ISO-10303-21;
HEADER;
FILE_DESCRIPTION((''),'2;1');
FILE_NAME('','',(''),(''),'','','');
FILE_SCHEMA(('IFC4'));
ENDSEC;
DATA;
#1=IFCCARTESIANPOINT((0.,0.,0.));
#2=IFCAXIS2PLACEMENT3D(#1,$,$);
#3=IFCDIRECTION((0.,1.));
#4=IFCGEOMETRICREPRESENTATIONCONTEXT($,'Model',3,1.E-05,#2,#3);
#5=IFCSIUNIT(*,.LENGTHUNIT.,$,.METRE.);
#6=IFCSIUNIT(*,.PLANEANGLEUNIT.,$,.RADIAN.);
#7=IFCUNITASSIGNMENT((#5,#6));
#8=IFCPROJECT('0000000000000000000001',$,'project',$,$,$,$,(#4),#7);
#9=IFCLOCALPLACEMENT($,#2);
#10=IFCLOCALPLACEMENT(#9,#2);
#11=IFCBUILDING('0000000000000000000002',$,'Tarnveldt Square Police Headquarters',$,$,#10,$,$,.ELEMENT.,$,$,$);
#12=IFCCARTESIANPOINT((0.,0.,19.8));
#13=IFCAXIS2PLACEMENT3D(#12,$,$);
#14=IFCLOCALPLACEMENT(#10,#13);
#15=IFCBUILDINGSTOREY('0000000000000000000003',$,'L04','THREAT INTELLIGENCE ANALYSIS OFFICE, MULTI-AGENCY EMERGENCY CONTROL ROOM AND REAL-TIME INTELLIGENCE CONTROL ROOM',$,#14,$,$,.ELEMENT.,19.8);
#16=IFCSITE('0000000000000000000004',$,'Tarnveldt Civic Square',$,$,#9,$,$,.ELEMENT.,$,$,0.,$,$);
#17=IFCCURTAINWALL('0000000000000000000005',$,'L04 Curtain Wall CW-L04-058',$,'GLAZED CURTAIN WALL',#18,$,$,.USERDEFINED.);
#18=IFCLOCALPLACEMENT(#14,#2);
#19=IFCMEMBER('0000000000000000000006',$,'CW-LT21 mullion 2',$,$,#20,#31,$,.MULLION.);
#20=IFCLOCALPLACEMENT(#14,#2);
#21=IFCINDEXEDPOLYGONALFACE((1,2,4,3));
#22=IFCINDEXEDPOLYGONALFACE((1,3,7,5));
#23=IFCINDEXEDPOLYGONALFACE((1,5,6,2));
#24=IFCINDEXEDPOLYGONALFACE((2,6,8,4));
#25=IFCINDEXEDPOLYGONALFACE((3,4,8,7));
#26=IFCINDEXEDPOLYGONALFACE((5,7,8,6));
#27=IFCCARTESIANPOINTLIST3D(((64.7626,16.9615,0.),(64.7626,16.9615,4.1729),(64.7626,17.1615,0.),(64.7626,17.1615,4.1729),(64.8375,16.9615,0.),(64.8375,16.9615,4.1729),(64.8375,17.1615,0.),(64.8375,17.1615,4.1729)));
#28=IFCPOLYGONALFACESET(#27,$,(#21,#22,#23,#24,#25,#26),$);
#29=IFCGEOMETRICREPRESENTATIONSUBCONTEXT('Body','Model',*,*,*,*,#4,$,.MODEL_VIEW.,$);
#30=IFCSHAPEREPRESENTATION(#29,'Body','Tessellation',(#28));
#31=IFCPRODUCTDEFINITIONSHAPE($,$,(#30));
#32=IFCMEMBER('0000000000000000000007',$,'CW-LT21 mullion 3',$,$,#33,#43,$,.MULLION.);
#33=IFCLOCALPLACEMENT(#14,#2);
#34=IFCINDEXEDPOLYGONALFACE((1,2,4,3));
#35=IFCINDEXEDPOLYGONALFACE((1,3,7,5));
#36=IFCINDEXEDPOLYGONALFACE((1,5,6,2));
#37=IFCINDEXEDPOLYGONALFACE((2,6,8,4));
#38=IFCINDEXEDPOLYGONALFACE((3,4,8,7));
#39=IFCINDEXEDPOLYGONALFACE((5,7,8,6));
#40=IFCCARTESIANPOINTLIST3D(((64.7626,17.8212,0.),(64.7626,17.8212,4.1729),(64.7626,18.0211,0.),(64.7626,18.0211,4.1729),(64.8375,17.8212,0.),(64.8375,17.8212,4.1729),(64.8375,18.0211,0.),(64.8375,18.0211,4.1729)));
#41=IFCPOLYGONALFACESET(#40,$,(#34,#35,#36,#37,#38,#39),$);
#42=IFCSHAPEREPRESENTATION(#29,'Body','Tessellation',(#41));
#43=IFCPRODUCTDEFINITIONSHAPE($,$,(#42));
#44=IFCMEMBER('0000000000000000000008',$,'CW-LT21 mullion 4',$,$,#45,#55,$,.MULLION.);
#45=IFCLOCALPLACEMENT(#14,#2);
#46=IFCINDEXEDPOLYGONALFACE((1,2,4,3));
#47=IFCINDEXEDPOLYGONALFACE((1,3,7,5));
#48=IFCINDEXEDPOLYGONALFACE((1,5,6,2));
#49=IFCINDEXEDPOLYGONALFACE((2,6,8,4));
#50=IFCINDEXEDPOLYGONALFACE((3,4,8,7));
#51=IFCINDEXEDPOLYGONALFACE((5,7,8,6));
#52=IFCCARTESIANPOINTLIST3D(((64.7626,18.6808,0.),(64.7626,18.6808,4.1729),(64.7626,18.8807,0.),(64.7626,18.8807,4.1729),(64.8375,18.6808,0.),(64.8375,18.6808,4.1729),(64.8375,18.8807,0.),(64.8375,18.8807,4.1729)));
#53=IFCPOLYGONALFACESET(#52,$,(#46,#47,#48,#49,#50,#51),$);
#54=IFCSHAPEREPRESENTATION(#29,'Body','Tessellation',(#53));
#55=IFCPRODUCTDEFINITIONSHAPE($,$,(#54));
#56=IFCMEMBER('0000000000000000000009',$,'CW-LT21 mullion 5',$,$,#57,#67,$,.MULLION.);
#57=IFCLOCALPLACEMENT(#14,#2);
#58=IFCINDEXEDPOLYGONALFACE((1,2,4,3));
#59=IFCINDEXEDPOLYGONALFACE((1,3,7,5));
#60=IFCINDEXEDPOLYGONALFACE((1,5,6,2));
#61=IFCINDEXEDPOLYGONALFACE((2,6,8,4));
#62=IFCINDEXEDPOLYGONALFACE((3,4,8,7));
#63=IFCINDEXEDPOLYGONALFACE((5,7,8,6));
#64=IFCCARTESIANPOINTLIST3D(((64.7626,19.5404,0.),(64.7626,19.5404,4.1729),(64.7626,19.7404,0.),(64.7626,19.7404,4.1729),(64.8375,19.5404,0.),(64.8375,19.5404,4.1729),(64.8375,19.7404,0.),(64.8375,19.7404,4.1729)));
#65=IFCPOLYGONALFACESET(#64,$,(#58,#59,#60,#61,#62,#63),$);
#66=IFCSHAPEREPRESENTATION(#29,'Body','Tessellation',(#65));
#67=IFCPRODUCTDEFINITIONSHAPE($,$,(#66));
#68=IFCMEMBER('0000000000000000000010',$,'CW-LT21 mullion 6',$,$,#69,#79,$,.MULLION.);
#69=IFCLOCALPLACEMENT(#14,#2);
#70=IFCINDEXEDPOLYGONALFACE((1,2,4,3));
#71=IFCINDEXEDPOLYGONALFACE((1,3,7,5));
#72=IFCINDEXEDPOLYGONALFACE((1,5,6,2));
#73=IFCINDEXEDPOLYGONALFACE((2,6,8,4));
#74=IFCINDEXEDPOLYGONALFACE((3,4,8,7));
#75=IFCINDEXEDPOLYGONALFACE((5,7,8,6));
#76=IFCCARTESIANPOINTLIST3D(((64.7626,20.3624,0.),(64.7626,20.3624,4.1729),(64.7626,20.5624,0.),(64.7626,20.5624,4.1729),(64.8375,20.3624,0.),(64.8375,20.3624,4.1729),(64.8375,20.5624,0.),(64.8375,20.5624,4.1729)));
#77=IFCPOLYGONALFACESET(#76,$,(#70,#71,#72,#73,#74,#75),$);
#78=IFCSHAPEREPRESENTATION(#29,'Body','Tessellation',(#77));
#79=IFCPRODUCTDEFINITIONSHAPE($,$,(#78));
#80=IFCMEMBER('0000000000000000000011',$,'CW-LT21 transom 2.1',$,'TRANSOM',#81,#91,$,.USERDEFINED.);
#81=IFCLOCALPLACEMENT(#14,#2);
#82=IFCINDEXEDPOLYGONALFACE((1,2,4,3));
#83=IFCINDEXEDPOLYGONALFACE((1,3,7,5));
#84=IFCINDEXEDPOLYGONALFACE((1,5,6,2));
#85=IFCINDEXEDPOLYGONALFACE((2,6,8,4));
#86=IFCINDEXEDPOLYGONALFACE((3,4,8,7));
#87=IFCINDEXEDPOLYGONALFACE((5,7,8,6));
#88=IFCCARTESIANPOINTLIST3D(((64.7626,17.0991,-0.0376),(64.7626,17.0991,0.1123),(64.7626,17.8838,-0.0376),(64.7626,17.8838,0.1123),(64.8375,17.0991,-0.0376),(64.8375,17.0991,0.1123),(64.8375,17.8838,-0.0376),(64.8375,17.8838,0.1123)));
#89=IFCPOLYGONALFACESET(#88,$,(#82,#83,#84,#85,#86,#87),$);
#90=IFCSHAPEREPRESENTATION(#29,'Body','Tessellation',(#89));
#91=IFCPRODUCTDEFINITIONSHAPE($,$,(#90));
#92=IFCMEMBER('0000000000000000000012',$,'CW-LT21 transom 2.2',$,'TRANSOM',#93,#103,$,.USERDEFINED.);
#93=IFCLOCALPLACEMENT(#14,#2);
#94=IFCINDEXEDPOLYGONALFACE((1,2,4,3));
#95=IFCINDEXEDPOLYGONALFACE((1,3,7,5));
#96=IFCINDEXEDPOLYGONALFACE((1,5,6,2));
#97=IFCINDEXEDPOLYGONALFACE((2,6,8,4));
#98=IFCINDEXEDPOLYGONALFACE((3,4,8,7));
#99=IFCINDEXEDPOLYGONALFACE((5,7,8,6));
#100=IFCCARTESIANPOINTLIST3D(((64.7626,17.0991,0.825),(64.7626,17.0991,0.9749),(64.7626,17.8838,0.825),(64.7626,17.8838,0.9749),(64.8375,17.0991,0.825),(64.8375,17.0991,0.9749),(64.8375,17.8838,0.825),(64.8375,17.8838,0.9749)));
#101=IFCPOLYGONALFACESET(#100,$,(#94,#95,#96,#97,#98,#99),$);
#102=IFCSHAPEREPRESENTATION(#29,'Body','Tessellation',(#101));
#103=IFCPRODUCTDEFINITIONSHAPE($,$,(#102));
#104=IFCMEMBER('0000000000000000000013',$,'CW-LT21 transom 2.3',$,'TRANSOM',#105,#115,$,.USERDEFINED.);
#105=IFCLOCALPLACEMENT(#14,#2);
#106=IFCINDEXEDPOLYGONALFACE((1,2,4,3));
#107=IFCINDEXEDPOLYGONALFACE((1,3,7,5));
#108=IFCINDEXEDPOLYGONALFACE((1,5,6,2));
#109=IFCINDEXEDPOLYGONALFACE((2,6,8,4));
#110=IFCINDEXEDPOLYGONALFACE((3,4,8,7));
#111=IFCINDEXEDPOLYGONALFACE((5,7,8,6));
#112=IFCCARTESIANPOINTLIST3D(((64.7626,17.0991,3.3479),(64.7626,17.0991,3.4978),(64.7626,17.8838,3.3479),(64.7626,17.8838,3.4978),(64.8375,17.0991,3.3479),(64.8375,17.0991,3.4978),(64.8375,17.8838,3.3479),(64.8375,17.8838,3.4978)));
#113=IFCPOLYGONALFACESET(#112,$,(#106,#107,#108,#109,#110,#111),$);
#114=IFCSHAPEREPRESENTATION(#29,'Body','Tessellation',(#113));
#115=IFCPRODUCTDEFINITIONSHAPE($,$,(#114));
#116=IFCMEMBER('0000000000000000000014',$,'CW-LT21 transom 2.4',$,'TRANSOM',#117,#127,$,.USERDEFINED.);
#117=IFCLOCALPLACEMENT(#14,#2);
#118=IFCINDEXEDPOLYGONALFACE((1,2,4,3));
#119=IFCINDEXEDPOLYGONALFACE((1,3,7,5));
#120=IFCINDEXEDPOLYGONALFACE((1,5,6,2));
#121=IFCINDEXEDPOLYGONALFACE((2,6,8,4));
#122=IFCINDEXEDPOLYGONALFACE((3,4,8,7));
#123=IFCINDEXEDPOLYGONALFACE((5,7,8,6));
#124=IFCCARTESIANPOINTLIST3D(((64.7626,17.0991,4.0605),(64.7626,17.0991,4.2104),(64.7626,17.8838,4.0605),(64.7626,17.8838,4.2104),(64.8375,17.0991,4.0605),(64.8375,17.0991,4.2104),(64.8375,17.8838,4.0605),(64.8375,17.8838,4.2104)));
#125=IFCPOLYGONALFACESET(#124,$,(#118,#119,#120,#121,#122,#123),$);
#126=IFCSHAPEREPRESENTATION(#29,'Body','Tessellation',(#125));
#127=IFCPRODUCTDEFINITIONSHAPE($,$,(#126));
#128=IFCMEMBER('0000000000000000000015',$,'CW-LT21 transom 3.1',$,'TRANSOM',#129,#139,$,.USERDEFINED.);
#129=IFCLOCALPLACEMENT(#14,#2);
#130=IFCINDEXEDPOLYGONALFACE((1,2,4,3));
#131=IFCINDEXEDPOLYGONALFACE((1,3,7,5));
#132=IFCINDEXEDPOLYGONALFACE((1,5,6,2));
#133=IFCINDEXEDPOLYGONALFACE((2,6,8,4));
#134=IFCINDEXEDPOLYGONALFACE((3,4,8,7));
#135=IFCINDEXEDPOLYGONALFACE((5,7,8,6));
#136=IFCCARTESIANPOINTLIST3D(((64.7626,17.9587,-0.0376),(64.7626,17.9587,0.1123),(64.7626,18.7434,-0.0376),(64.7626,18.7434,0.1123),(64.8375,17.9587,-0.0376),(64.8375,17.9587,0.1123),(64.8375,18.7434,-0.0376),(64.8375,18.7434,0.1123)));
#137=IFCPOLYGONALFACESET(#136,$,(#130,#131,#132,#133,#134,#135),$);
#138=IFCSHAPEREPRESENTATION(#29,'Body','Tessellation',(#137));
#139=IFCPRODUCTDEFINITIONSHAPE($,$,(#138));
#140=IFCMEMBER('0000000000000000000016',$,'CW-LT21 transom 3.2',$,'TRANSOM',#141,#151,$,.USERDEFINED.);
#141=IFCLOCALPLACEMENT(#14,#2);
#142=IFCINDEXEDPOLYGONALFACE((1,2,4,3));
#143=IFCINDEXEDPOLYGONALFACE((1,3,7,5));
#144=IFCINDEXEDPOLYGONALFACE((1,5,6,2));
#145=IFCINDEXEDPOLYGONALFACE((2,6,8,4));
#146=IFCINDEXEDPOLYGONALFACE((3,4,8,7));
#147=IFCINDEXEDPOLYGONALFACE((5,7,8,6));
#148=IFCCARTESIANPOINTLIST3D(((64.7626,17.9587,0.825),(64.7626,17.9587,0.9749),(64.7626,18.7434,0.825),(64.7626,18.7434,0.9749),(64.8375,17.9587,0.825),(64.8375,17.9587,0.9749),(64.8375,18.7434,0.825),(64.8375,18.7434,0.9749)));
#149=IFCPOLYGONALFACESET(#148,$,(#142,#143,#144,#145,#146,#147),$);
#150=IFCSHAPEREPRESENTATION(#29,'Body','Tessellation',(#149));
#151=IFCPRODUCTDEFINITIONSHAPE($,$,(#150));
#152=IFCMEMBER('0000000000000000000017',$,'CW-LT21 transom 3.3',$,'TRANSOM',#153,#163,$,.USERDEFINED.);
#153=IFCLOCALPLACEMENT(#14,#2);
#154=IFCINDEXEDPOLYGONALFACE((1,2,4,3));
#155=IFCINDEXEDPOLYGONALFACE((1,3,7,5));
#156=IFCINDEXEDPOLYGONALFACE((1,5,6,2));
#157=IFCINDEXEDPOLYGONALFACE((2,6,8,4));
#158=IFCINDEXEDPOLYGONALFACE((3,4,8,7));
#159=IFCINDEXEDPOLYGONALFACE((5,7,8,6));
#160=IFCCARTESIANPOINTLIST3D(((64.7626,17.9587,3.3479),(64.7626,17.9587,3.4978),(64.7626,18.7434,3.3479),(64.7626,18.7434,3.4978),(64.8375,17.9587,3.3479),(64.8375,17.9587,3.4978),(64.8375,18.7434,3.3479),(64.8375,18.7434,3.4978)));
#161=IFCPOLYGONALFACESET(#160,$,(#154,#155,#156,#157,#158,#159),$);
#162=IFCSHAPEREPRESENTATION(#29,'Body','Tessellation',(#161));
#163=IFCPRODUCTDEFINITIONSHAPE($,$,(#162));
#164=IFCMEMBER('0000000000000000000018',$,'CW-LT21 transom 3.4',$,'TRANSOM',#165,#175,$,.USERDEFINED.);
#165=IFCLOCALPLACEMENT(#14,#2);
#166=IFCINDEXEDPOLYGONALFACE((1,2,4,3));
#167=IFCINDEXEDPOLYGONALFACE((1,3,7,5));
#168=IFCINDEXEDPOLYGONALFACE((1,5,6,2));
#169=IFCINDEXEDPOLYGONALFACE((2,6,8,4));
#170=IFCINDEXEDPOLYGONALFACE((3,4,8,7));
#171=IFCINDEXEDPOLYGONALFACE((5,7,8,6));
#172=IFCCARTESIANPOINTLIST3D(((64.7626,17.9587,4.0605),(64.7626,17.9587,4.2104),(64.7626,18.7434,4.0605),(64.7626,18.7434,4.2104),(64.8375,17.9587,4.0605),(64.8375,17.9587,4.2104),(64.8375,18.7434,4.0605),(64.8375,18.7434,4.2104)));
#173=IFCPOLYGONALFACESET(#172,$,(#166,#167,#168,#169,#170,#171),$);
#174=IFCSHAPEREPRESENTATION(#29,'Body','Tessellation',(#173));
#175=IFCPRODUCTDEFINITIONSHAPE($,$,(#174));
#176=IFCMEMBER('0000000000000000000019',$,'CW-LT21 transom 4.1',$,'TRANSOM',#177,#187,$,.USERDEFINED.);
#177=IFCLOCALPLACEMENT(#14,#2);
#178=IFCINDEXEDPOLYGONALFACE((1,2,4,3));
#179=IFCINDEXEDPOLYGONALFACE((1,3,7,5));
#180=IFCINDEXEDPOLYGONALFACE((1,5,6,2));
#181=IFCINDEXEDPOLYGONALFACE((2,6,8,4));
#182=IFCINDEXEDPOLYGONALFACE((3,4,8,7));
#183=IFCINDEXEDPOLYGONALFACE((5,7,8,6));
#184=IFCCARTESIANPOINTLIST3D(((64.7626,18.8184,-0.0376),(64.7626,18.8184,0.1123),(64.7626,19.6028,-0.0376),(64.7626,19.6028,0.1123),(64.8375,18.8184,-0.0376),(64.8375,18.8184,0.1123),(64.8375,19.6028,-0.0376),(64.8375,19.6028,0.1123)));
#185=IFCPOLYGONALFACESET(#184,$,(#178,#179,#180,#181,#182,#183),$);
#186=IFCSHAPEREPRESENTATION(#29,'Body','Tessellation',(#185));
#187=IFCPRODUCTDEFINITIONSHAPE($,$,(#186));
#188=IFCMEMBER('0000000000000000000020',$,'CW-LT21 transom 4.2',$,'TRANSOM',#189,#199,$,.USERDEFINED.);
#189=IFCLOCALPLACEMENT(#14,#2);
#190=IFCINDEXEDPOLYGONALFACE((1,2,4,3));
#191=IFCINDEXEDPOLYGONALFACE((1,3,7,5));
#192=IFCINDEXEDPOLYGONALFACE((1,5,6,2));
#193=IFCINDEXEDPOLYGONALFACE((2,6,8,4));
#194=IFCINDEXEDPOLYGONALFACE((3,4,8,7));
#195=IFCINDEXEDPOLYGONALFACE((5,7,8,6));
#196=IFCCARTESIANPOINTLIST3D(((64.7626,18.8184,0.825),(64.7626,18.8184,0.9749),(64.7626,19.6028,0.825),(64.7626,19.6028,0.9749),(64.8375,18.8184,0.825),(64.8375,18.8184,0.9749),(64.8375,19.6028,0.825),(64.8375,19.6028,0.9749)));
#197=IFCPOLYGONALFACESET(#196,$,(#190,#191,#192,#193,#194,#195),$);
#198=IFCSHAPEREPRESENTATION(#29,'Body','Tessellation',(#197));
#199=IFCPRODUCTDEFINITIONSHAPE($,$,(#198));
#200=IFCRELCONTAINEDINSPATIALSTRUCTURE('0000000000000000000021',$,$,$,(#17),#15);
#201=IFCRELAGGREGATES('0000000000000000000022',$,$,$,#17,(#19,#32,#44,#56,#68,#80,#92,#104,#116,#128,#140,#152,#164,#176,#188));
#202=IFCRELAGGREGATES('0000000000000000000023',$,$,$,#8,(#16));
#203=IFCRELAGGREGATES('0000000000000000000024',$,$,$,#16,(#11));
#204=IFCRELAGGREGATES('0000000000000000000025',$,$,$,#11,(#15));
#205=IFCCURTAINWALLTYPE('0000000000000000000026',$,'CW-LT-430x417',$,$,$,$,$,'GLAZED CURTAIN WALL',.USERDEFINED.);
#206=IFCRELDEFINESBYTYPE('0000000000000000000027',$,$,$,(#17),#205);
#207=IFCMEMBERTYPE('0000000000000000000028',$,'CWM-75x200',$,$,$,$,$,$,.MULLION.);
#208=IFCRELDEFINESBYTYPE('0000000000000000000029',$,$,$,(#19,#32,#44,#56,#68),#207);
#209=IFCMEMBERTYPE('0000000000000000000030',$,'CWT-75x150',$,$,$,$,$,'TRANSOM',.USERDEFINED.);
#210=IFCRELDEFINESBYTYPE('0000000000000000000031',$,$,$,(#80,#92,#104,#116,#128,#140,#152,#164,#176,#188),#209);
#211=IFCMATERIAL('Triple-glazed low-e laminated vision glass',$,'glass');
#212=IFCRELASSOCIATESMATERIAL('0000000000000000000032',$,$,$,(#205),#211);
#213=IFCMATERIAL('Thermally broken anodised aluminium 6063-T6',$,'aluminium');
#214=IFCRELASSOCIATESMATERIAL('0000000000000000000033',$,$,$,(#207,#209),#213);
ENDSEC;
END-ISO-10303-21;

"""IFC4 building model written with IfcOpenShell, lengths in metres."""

from ifc_helpers import new_model, si_unit, direction, frame, origin, origin_2d, place, context, subcontext, project, spatial, rectangle, extrude, material, material_profile, profile_set, type_object, element, aggregate, save


model = new_model("IFC4")

# Units and contexts
model_context = context("Model", 3, precision=1e-05, world=origin(), true_north=direction((0.0, 1.0)))
body_context = subcontext(model_context, "Body", "Model", "MODEL_VIEW")
ifc_project = project(units=[si_unit("LENGTHUNIT", "METRE"), si_unit("PLANEANGLEUNIT", "RADIAN")], contexts=[model_context])

# Site, building, storey
site_placement = place(None, origin())
site = spatial("IfcSite", under=ifc_project, at=site_placement, Name="Tarnveldt Civic Square", CompositionType="ELEMENT", RefElevation=0.0)
building_placement = place(site_placement, origin())
building = spatial("IfcBuilding", under=site, at=building_placement, Name="Tarnveldt Square Police Headquarters", CompositionType="ELEMENT")
storey_placement = place(building_placement, frame((0.0, 0.0, 19.8)))
storey = spatial("IfcBuildingStorey", under=building, at=storey_placement, Name="L04", Description="THREAT INTELLIGENCE ANALYSIS OFFICE, MULTI-AGENCY EMERGENCY CONTROL ROOM AND REAL-TIME INTELLIGENCE CONTROL ROOM", CompositionType="ELEMENT", Elevation=19.8)

# Curtain wall, members
ifc_material_1 = material(Name="Triple-glazed low-e laminated vision glass", Category="glass")
curtain_wall_type = type_object("IfcCurtainWallType", Name="CW-LT-430x417", ElementType="GLAZED CURTAIN WALL", PredefinedType="USERDEFINED", material=ifc_material_1)
curtain_wall_placement = place(storey_placement, origin())
curtain_wall = element("IfcCurtainWall", 1, at=curtain_wall_placement, inside=storey, type_object=curtain_wall_type, Name="L04 Curtain Wall CW-L04-058", ObjectType="GLAZED CURTAIN WALL", PredefinedType="USERDEFINED")
ifc_material_2 = material(Name="Thermally broken anodised aluminium 6063-T6", Category="aluminium")
ifc_material_profile_1 = material_profile(ifc_material_2, rectangle(XDim=0.075, YDim=0.2, at=origin_2d()), Name="CW-M75x200")
ifc_profile_set_1 = profile_set([ifc_material_profile_1], Name="Thermally broken anodised aluminium 6063-T6")
member_type_1 = type_object("IfcMemberType", Name="CWM-75x200", PredefinedType="MULLION", material=ifc_profile_set_1)
member_1_placement = place(storey_placement, frame((64.8, 17.0615, 0.0), z_axis=(0.0, 0.0, 1.0), x_axis=(-1.0, 0.0, 0.0)))
member_1 = element("IfcMember", 2, at=member_1_placement, type_object=member_type_1, Name="CW-LT21 mullion 2", PredefinedType="MULLION", context=body_context, shape_type="SweptSolid", body=[
    extrude(rectangle(XDim=0.075, YDim=0.2, at=origin_2d()), origin(), (0.0, 0.0, 1.0), 4.1729),
])
member_2_placement = place(storey_placement, frame((64.8, 17.9211, 0.0), z_axis=(0.0, 0.0, 1.0), x_axis=(-1.0, 0.0, 0.0)))
member_2 = element("IfcMember", 3, at=member_2_placement, type_object=member_type_1, Name="CW-LT21 mullion 3", PredefinedType="MULLION", context=body_context, shape_type="SweptSolid", body=[
    extrude(rectangle(XDim=0.075, YDim=0.2, at=origin_2d()), origin(), (0.0, 0.0, 1.0), 4.1729),
])
member_3_placement = place(storey_placement, frame((64.8, 18.7808, 0.0), z_axis=(0.0, 0.0, 1.0), x_axis=(-1.0, 0.0, 0.0)))
member_3 = element("IfcMember", 4, at=member_3_placement, type_object=member_type_1, Name="CW-LT21 mullion 4", PredefinedType="MULLION", context=body_context, shape_type="SweptSolid", body=[
    extrude(rectangle(XDim=0.075, YDim=0.2, at=origin_2d()), origin(), (0.0, 0.0, 1.0), 4.1729),
])
member_4_placement = place(storey_placement, frame((64.8, 19.6404, 0.0), z_axis=(0.0, 0.0, 1.0), x_axis=(-1.0, 0.0, 0.0)))
member_4 = element("IfcMember", 5, at=member_4_placement, type_object=member_type_1, Name="CW-LT21 mullion 5", PredefinedType="MULLION", context=body_context, shape_type="SweptSolid", body=[
    extrude(rectangle(XDim=0.075, YDim=0.2, at=origin_2d()), origin(), (0.0, 0.0, 1.0), 4.1729),
])
member_5_placement = place(storey_placement, frame((64.8, 20.4624, 0.0), z_axis=(0.0, 0.0, 1.0), x_axis=(-1.0, 0.0, 0.0)))
member_5 = element("IfcMember", 6, at=member_5_placement, type_object=member_type_1, Name="CW-LT21 mullion 6", PredefinedType="MULLION", context=body_context, shape_type="SweptSolid", body=[
    extrude(rectangle(XDim=0.075, YDim=0.2, at=origin_2d()), origin(), (0.0, 0.0, 1.0), 4.1729),
])
ifc_material_profile_2 = material_profile(ifc_material_2, rectangle(XDim=0.075, YDim=0.1499, at=origin_2d()), Name="CW-T75x150")
ifc_profile_set_2 = profile_set([ifc_material_profile_2], Name="Thermally broken anodised aluminium 6063-T6")
member_type_2 = type_object("IfcMemberType", Name="CWT-75x150", ElementType="TRANSOM", PredefinedType="USERDEFINED", material=ifc_profile_set_2)
member_6_placement = place(storey_placement, frame((64.8, 17.0991, 0.0374), z_axis=(0.0, 1.0, 0.0), x_axis=(-1.0, 0.0, 0.0)))
member_6 = element("IfcMember", 7, at=member_6_placement, type_object=member_type_2, Name="CW-LT21 transom 2.1", ObjectType="TRANSOM", PredefinedType="USERDEFINED", context=body_context, shape_type="SweptSolid", body=[
    extrude(rectangle(XDim=0.075, YDim=0.1499, at=origin_2d()), origin(), (0.0, 0.0, 1.0), 0.7847),
])
member_7_placement = place(storey_placement, frame((64.8, 17.0991, 0.8999), z_axis=(0.0, 1.0, 0.0), x_axis=(-1.0, 0.0, 0.0)))
member_7 = element("IfcMember", 8, at=member_7_placement, type_object=member_type_2, Name="CW-LT21 transom 2.2", ObjectType="TRANSOM", PredefinedType="USERDEFINED", context=body_context, shape_type="SweptSolid", body=[
    extrude(rectangle(XDim=0.075, YDim=0.1499, at=origin_2d()), origin(), (0.0, 0.0, 1.0), 0.7847),
])
member_8_placement = place(storey_placement, frame((64.8, 17.0991, 3.4229), z_axis=(0.0, 1.0, 0.0), x_axis=(-1.0, 0.0, 0.0)))
member_8 = element("IfcMember", 9, at=member_8_placement, type_object=member_type_2, Name="CW-LT21 transom 2.3", ObjectType="TRANSOM", PredefinedType="USERDEFINED", context=body_context, shape_type="SweptSolid", body=[
    extrude(rectangle(XDim=0.075, YDim=0.1499, at=origin_2d()), origin(), (0.0, 0.0, 1.0), 0.7847),
])
member_9_placement = place(storey_placement, frame((64.8, 17.0991, 4.1355), z_axis=(0.0, 1.0, 0.0), x_axis=(-1.0, 0.0, 0.0)))
member_9 = element("IfcMember", 10, at=member_9_placement, type_object=member_type_2, Name="CW-LT21 transom 2.4", ObjectType="TRANSOM", PredefinedType="USERDEFINED", context=body_context, shape_type="SweptSolid", body=[
    extrude(rectangle(XDim=0.075, YDim=0.1499, at=origin_2d()), origin(), (0.0, 0.0, 1.0), 0.7847),
])
member_10_placement = place(storey_placement, frame((64.8, 17.9587, 0.0374), z_axis=(0.0, 1.0, 0.0), x_axis=(-1.0, 0.0, 0.0)))
member_10 = element("IfcMember", 11, at=member_10_placement, type_object=member_type_2, Name="CW-LT21 transom 3.1", ObjectType="TRANSOM", PredefinedType="USERDEFINED", context=body_context, shape_type="SweptSolid", body=[
    extrude(rectangle(XDim=0.075, YDim=0.1499, at=origin_2d()), origin(), (0.0, 0.0, 1.0), 0.7847),
])
member_11_placement = place(storey_placement, frame((64.8, 17.9587, 0.8999), z_axis=(0.0, 1.0, 0.0), x_axis=(-1.0, 0.0, 0.0)))
member_11 = element("IfcMember", 12, at=member_11_placement, type_object=member_type_2, Name="CW-LT21 transom 3.2", ObjectType="TRANSOM", PredefinedType="USERDEFINED", context=body_context, shape_type="SweptSolid", body=[
    extrude(rectangle(XDim=0.075, YDim=0.1499, at=origin_2d()), origin(), (0.0, 0.0, 1.0), 0.7847),
])
member_12_placement = place(storey_placement, frame((64.8, 17.9587, 3.4229), z_axis=(0.0, 1.0, 0.0), x_axis=(-1.0, 0.0, 0.0)))
member_12 = element("IfcMember", 13, at=member_12_placement, type_object=member_type_2, Name="CW-LT21 transom 3.3", ObjectType="TRANSOM", PredefinedType="USERDEFINED", context=body_context, shape_type="SweptSolid", body=[
    extrude(rectangle(XDim=0.075, YDim=0.1499, at=origin_2d()), origin(), (0.0, 0.0, 1.0), 0.7847),
])
member_13_placement = place(storey_placement, frame((64.8, 17.9587, 4.1355), z_axis=(0.0, 1.0, 0.0), x_axis=(-1.0, 0.0, 0.0)))
member_13 = element("IfcMember", 14, at=member_13_placement, type_object=member_type_2, Name="CW-LT21 transom 3.4", ObjectType="TRANSOM", PredefinedType="USERDEFINED", context=body_context, shape_type="SweptSolid", body=[
    extrude(rectangle(XDim=0.075, YDim=0.1499, at=origin_2d()), origin(), (0.0, 0.0, 1.0), 0.7847),
])
member_14_placement = place(storey_placement, frame((64.8, 18.8184, 0.0374), z_axis=(0.0, 1.0, 0.0), x_axis=(-1.0, 0.0, 0.0)))
member_14 = element("IfcMember", 15, at=member_14_placement, type_object=member_type_2, Name="CW-LT21 transom 4.1", ObjectType="TRANSOM", PredefinedType="USERDEFINED", context=body_context, shape_type="SweptSolid", body=[
    extrude(rectangle(XDim=0.075, YDim=0.1499, at=origin_2d()), origin(), (0.0, 0.0, 1.0), 0.7844),
])
member_15_placement = place(storey_placement, frame((64.8, 18.8184, 0.8999), z_axis=(0.0, 1.0, 0.0), x_axis=(-1.0, 0.0, 0.0)))
member_15 = element("IfcMember", 16, at=member_15_placement, type_object=member_type_2, Name="CW-LT21 transom 4.2", ObjectType="TRANSOM", PredefinedType="USERDEFINED", context=body_context, shape_type="SweptSolid", body=[
    extrude(rectangle(XDim=0.075, YDim=0.1499, at=origin_2d()), origin(), (0.0, 0.0, 1.0), 0.7844),
])

aggregate(curtain_wall, [member_1, member_2, member_3, member_4, member_5, member_6, member_7, member_8, member_9, member_10, member_11, member_12, member_13, member_14, member_15])

save(model, "model.ifc")
